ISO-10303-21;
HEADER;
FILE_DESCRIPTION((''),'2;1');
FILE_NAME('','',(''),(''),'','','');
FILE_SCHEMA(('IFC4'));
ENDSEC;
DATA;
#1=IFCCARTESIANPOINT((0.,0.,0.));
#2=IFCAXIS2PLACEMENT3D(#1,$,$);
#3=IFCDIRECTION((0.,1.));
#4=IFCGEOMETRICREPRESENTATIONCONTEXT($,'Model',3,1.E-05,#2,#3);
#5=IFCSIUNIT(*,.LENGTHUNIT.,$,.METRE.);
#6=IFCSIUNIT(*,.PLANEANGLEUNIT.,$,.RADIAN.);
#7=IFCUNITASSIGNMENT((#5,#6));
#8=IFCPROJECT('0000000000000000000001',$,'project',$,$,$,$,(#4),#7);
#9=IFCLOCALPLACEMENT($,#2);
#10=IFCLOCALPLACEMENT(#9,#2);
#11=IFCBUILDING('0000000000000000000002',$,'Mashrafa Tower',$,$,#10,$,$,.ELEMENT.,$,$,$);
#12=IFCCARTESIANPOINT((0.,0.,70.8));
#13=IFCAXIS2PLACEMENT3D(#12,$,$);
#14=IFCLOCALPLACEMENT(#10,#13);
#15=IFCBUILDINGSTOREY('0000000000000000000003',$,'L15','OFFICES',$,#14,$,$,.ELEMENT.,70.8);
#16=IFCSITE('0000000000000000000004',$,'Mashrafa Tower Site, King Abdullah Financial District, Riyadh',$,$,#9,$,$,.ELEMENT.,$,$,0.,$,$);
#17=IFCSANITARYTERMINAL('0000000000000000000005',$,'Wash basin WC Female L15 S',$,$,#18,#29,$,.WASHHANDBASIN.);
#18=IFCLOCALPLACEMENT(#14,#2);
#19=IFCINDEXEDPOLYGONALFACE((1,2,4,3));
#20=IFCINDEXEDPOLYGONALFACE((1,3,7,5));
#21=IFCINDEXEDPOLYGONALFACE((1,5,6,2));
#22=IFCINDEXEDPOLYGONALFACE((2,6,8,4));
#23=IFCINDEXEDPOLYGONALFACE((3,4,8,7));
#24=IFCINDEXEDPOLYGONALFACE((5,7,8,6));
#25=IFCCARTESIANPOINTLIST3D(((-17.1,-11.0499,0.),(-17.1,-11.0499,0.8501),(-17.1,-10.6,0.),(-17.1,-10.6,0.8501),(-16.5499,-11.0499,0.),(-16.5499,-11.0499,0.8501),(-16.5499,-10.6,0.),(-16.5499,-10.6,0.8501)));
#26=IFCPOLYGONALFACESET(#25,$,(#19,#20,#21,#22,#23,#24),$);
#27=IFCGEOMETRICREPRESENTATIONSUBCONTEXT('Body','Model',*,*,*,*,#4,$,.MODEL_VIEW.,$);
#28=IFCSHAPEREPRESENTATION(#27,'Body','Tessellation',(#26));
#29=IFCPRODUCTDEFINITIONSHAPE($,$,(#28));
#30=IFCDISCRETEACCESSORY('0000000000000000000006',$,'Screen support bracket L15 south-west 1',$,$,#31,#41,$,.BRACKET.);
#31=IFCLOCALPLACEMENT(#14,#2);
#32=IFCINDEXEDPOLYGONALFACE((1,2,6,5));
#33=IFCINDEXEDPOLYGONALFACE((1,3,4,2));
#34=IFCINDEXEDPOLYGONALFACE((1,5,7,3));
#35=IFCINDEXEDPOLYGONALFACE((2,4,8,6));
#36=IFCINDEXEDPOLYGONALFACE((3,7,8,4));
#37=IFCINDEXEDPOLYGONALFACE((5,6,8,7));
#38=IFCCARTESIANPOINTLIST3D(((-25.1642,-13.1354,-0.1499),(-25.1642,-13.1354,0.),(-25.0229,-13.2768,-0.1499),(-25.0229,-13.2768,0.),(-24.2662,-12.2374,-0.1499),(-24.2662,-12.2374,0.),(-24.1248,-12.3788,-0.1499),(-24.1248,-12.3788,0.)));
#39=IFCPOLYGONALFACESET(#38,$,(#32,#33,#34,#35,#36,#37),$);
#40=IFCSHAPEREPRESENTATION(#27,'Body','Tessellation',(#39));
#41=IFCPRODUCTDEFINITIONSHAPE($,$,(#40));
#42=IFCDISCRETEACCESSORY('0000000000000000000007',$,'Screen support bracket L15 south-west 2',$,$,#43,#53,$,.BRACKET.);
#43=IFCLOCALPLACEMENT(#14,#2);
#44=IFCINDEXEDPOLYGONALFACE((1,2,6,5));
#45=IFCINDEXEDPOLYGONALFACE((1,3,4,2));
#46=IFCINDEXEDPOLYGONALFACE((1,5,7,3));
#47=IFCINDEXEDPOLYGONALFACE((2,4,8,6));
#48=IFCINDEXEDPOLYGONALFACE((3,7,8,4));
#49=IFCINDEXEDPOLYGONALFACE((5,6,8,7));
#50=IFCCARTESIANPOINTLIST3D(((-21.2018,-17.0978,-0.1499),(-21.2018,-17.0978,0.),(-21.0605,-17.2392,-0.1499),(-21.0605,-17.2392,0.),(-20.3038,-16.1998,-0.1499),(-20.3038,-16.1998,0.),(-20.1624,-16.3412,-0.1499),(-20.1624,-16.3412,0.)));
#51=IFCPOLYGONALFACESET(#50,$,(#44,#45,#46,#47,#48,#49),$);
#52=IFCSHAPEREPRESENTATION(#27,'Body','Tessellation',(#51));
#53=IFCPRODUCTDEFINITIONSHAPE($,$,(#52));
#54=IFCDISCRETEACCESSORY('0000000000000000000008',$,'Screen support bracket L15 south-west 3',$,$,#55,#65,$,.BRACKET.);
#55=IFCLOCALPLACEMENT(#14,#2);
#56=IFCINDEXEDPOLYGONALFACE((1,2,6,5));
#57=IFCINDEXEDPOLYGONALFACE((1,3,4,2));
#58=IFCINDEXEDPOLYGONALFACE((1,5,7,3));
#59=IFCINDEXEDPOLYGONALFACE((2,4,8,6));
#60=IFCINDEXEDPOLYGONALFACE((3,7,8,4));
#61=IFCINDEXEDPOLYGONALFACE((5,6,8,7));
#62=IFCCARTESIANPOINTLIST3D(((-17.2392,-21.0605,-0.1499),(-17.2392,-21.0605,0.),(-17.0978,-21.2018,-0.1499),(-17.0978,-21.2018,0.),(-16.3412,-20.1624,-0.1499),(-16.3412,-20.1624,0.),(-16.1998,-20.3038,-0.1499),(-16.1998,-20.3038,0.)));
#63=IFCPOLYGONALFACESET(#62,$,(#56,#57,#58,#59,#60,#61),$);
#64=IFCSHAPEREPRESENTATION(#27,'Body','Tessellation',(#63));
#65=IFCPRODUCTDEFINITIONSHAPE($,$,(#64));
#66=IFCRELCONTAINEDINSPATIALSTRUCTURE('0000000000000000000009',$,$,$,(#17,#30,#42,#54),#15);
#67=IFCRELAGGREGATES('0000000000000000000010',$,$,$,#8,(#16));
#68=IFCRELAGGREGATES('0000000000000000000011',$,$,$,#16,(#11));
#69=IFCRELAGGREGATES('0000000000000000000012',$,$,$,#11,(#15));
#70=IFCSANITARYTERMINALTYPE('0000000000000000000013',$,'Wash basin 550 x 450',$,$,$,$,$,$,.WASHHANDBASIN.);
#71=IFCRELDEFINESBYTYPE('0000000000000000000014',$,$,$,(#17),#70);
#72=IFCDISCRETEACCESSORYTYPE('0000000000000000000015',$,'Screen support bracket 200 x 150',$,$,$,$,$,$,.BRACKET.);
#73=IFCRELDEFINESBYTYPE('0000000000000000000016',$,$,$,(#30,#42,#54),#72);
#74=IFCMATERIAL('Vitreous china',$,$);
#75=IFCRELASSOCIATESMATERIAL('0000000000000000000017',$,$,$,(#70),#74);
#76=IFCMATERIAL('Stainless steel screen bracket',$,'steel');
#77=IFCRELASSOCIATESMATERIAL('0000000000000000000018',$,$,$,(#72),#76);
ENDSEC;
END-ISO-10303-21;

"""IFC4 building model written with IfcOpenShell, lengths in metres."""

from ifc_helpers import new_model, si_unit, direction, frame, origin, origin_2d, place, context, subcontext, project, spatial, rectangle, extrude, source, transform, mapped, material, type_object, type_shapes, element, save


model = new_model("IFC4")

# Units and contexts
model_context = context("Model", 3, precision=1e-05, world=origin(), true_north=direction((0.0, 1.0)))
body_context = subcontext(model_context, "Body", "Model", "MODEL_VIEW")
ifc_project = project(units=[si_unit("LENGTHUNIT", "METRE"), si_unit("PLANEANGLEUNIT", "RADIAN")], contexts=[model_context])

# Site, building, storey
site_placement = place(None, origin())
site = spatial("IfcSite", under=ifc_project, at=site_placement, Name="Mashrafa Tower Site, King Abdullah Financial District, Riyadh", CompositionType="ELEMENT", RefElevation=0.0)
building_placement = place(site_placement, origin())
building = spatial("IfcBuilding", under=site, at=building_placement, Name="Mashrafa Tower", CompositionType="ELEMENT")
storey_placement = place(building_placement, frame((0.0, 0.0, 70.8)))
storey = spatial("IfcBuildingStorey", under=building, at=storey_placement, Name="L15", Description="OFFICES", CompositionType="ELEMENT", Elevation=70.8)

# Sanitary terminal
ifc_material_1 = material(Name="Vitreous china")
sanitary_terminal_type_1 = type_object("IfcSanitaryTerminalType", Name="Wash basin 550 x 450", PredefinedType="WASHHANDBASIN", material=ifc_material_1)
sanitary_terminal_1_placement = place(storey_placement, frame((-16.825, -10.825, 0.0), z_axis=(0.0, 0.0, 1.0), x_axis=(1.0, 0.0, 0.0)))
element("IfcSanitaryTerminal", 1, at=sanitary_terminal_1_placement, inside=storey, type_object=sanitary_terminal_type_1, Name="Wash basin WC Female L15 S", PredefinedType="WASHHANDBASIN", context=body_context, shape_type="SweptSolid", body=[
    extrude(rectangle(XDim=0.55, YDim=0.45, at=origin_2d()), origin(), (0.0, 0.0, 1.0), 0.8501),
])

# Discrete accessories
ifc_material_2 = material(Name="Stainless steel screen bracket", Category="steel")
discrete_accessory_type = type_object("IfcDiscreteAccessoryType", Name="Screen support bracket 200 x 150", PredefinedType="BRACKET", material=ifc_material_2)
shared_shape_1 = source(origin(), body_context, "Body", "SweptSolid", [
    extrude(rectangle(XDim=0.2, YDim=1.27, at=origin_2d()), origin(), (0.0, 0.0, 1.0), 0.1499),
])
type_shapes(discrete_accessory_type, [shared_shape_1])
for number, where, z_axis, x_axis, name in (
    (2, (-24.6445, -12.7571, -0.1499), (0.0, 0.0, 1.0), (0.707107, -0.707107, 0.0), "Screen support bracket L15 south-west 1"),
    (3, (-20.6821, -16.7195, -0.1499), (0.0, 0.0, 1.0), (0.707107, -0.707107, 0.0), "Screen support bracket L15 south-west 2"),
    (4, (-16.7195, -20.6821, -0.1499), (0.0, 0.0, 1.0), (0.707107, -0.707107, 0.0), "Screen support bracket L15 south-west 3"),
):
    element("IfcDiscreteAccessory", number, at=place(storey_placement, frame(where, z_axis=z_axis, x_axis=x_axis)), inside=storey, type_object=discrete_accessory_type, Name=name, PredefinedType="BRACKET", context=body_context, shape_type="MappedRepresentation", body=[
        mapped(shared_shape_1, transform((0.0, 0.0, 0.0))),
    ])

save(model, "model.ifc")
